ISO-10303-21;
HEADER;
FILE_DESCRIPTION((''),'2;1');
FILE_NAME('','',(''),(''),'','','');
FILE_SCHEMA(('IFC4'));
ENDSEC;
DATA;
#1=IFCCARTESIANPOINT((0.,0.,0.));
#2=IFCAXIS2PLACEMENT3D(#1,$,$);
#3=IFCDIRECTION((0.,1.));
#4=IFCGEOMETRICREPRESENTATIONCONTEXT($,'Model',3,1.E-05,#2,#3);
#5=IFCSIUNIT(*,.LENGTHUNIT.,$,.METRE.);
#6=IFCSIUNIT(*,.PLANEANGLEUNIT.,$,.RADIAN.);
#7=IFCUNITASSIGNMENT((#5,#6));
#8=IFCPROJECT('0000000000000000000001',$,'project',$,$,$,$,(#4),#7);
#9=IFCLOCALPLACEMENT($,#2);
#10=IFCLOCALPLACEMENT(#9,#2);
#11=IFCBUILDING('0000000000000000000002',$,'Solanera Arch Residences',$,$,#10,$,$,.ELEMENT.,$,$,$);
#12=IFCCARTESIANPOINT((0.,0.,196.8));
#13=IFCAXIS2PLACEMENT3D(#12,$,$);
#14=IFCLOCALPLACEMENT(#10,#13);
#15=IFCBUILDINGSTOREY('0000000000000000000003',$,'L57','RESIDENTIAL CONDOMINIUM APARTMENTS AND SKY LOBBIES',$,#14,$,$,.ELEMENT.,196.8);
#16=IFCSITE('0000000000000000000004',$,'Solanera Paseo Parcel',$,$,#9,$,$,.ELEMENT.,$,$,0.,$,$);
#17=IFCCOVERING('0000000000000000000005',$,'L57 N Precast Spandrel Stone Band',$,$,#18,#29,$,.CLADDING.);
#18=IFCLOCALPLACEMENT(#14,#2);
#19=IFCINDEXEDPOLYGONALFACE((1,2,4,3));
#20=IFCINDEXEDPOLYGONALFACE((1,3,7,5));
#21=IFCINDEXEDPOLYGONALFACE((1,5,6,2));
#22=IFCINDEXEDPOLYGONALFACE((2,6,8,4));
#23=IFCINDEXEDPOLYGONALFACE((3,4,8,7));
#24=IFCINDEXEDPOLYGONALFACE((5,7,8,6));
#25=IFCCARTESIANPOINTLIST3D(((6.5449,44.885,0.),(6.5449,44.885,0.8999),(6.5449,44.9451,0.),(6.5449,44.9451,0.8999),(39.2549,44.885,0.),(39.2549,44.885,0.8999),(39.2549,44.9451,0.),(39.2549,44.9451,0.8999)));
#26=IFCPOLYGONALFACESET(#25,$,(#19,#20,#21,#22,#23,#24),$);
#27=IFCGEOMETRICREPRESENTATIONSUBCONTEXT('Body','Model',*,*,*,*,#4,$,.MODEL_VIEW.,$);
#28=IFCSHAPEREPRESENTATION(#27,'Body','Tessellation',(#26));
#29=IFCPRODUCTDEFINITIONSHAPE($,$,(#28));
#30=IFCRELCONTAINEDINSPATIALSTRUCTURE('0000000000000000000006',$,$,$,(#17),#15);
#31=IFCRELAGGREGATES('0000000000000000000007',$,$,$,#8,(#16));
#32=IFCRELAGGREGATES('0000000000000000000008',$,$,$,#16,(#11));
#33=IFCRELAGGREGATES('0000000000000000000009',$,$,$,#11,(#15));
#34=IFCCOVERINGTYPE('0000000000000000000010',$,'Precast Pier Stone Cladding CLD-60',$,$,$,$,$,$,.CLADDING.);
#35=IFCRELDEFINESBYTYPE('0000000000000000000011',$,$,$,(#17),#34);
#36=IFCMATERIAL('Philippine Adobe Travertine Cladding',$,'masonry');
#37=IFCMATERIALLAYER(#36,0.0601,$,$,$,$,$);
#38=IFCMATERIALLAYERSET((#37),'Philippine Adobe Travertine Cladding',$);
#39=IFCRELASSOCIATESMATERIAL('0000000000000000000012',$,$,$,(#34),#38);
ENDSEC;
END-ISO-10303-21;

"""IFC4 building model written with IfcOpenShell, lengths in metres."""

from ifc_helpers import new_model, si_unit, direction, frame, frame_2d, origin, place, context, subcontext, project, spatial, rectangle, extrude, material, layer, layer_set, type_object, element, save


model = new_model("IFC4")

# Units and contexts
model_context = context("Model", 3, precision=1e-05, world=origin(), true_north=direction((0.0, 1.0)))
body_context = subcontext(model_context, "Body", "Model", "MODEL_VIEW")
ifc_project = project(units=[si_unit("LENGTHUNIT", "METRE"), si_unit("PLANEANGLEUNIT", "RADIAN")], contexts=[model_context])

# Site, building, storey
site_placement = place(None, origin())
site = spatial("IfcSite", under=ifc_project, at=site_placement, Name="Solanera Paseo Parcel", CompositionType="ELEMENT", RefElevation=0.0)
building_placement = place(site_placement, origin())
building = spatial("IfcBuilding", under=site, at=building_placement, Name="Solanera Arch Residences", CompositionType="ELEMENT")
storey_placement = place(building_placement, frame((0.0, 0.0, 196.8)))
storey = spatial("IfcBuildingStorey", under=building, at=storey_placement, Name="L57", Description="RESIDENTIAL CONDOMINIUM APARTMENTS AND SKY LOBBIES", CompositionType="ELEMENT", Elevation=196.8)

# Covering
ifc_material_1 = material(Name="Philippine Adobe Travertine Cladding", Category="masonry")
ifc_layer_1 = layer(ifc_material_1, 0.0601)
ifc_layer_set_1 = layer_set([ifc_layer_1], Name="Philippine Adobe Travertine Cladding")
covering_type = type_object("IfcCoveringType", Name="Precast Pier Stone Cladding CLD-60", PredefinedType="CLADDING", material=ifc_layer_set_1)
covering_placement = place(storey_placement, frame((6.5449, 44.915, 0.0), z_axis=(0.0, 0.0, 1.0), x_axis=(1.0, 0.0, 0.0)))
element("IfcCovering", 1, at=covering_placement, inside=storey, type_object=covering_type, Name="L57 N Precast Spandrel Stone Band", PredefinedType="CLADDING", context=body_context, shape_type="SweptSolid", body=[
    extrude(rectangle(XDim=32.71, YDim=0.0601, at=frame_2d((16.355, 0.0))), origin(), (0.0, 0.0, 1.0), 0.8999),
])

save(model, "model.ifc")
